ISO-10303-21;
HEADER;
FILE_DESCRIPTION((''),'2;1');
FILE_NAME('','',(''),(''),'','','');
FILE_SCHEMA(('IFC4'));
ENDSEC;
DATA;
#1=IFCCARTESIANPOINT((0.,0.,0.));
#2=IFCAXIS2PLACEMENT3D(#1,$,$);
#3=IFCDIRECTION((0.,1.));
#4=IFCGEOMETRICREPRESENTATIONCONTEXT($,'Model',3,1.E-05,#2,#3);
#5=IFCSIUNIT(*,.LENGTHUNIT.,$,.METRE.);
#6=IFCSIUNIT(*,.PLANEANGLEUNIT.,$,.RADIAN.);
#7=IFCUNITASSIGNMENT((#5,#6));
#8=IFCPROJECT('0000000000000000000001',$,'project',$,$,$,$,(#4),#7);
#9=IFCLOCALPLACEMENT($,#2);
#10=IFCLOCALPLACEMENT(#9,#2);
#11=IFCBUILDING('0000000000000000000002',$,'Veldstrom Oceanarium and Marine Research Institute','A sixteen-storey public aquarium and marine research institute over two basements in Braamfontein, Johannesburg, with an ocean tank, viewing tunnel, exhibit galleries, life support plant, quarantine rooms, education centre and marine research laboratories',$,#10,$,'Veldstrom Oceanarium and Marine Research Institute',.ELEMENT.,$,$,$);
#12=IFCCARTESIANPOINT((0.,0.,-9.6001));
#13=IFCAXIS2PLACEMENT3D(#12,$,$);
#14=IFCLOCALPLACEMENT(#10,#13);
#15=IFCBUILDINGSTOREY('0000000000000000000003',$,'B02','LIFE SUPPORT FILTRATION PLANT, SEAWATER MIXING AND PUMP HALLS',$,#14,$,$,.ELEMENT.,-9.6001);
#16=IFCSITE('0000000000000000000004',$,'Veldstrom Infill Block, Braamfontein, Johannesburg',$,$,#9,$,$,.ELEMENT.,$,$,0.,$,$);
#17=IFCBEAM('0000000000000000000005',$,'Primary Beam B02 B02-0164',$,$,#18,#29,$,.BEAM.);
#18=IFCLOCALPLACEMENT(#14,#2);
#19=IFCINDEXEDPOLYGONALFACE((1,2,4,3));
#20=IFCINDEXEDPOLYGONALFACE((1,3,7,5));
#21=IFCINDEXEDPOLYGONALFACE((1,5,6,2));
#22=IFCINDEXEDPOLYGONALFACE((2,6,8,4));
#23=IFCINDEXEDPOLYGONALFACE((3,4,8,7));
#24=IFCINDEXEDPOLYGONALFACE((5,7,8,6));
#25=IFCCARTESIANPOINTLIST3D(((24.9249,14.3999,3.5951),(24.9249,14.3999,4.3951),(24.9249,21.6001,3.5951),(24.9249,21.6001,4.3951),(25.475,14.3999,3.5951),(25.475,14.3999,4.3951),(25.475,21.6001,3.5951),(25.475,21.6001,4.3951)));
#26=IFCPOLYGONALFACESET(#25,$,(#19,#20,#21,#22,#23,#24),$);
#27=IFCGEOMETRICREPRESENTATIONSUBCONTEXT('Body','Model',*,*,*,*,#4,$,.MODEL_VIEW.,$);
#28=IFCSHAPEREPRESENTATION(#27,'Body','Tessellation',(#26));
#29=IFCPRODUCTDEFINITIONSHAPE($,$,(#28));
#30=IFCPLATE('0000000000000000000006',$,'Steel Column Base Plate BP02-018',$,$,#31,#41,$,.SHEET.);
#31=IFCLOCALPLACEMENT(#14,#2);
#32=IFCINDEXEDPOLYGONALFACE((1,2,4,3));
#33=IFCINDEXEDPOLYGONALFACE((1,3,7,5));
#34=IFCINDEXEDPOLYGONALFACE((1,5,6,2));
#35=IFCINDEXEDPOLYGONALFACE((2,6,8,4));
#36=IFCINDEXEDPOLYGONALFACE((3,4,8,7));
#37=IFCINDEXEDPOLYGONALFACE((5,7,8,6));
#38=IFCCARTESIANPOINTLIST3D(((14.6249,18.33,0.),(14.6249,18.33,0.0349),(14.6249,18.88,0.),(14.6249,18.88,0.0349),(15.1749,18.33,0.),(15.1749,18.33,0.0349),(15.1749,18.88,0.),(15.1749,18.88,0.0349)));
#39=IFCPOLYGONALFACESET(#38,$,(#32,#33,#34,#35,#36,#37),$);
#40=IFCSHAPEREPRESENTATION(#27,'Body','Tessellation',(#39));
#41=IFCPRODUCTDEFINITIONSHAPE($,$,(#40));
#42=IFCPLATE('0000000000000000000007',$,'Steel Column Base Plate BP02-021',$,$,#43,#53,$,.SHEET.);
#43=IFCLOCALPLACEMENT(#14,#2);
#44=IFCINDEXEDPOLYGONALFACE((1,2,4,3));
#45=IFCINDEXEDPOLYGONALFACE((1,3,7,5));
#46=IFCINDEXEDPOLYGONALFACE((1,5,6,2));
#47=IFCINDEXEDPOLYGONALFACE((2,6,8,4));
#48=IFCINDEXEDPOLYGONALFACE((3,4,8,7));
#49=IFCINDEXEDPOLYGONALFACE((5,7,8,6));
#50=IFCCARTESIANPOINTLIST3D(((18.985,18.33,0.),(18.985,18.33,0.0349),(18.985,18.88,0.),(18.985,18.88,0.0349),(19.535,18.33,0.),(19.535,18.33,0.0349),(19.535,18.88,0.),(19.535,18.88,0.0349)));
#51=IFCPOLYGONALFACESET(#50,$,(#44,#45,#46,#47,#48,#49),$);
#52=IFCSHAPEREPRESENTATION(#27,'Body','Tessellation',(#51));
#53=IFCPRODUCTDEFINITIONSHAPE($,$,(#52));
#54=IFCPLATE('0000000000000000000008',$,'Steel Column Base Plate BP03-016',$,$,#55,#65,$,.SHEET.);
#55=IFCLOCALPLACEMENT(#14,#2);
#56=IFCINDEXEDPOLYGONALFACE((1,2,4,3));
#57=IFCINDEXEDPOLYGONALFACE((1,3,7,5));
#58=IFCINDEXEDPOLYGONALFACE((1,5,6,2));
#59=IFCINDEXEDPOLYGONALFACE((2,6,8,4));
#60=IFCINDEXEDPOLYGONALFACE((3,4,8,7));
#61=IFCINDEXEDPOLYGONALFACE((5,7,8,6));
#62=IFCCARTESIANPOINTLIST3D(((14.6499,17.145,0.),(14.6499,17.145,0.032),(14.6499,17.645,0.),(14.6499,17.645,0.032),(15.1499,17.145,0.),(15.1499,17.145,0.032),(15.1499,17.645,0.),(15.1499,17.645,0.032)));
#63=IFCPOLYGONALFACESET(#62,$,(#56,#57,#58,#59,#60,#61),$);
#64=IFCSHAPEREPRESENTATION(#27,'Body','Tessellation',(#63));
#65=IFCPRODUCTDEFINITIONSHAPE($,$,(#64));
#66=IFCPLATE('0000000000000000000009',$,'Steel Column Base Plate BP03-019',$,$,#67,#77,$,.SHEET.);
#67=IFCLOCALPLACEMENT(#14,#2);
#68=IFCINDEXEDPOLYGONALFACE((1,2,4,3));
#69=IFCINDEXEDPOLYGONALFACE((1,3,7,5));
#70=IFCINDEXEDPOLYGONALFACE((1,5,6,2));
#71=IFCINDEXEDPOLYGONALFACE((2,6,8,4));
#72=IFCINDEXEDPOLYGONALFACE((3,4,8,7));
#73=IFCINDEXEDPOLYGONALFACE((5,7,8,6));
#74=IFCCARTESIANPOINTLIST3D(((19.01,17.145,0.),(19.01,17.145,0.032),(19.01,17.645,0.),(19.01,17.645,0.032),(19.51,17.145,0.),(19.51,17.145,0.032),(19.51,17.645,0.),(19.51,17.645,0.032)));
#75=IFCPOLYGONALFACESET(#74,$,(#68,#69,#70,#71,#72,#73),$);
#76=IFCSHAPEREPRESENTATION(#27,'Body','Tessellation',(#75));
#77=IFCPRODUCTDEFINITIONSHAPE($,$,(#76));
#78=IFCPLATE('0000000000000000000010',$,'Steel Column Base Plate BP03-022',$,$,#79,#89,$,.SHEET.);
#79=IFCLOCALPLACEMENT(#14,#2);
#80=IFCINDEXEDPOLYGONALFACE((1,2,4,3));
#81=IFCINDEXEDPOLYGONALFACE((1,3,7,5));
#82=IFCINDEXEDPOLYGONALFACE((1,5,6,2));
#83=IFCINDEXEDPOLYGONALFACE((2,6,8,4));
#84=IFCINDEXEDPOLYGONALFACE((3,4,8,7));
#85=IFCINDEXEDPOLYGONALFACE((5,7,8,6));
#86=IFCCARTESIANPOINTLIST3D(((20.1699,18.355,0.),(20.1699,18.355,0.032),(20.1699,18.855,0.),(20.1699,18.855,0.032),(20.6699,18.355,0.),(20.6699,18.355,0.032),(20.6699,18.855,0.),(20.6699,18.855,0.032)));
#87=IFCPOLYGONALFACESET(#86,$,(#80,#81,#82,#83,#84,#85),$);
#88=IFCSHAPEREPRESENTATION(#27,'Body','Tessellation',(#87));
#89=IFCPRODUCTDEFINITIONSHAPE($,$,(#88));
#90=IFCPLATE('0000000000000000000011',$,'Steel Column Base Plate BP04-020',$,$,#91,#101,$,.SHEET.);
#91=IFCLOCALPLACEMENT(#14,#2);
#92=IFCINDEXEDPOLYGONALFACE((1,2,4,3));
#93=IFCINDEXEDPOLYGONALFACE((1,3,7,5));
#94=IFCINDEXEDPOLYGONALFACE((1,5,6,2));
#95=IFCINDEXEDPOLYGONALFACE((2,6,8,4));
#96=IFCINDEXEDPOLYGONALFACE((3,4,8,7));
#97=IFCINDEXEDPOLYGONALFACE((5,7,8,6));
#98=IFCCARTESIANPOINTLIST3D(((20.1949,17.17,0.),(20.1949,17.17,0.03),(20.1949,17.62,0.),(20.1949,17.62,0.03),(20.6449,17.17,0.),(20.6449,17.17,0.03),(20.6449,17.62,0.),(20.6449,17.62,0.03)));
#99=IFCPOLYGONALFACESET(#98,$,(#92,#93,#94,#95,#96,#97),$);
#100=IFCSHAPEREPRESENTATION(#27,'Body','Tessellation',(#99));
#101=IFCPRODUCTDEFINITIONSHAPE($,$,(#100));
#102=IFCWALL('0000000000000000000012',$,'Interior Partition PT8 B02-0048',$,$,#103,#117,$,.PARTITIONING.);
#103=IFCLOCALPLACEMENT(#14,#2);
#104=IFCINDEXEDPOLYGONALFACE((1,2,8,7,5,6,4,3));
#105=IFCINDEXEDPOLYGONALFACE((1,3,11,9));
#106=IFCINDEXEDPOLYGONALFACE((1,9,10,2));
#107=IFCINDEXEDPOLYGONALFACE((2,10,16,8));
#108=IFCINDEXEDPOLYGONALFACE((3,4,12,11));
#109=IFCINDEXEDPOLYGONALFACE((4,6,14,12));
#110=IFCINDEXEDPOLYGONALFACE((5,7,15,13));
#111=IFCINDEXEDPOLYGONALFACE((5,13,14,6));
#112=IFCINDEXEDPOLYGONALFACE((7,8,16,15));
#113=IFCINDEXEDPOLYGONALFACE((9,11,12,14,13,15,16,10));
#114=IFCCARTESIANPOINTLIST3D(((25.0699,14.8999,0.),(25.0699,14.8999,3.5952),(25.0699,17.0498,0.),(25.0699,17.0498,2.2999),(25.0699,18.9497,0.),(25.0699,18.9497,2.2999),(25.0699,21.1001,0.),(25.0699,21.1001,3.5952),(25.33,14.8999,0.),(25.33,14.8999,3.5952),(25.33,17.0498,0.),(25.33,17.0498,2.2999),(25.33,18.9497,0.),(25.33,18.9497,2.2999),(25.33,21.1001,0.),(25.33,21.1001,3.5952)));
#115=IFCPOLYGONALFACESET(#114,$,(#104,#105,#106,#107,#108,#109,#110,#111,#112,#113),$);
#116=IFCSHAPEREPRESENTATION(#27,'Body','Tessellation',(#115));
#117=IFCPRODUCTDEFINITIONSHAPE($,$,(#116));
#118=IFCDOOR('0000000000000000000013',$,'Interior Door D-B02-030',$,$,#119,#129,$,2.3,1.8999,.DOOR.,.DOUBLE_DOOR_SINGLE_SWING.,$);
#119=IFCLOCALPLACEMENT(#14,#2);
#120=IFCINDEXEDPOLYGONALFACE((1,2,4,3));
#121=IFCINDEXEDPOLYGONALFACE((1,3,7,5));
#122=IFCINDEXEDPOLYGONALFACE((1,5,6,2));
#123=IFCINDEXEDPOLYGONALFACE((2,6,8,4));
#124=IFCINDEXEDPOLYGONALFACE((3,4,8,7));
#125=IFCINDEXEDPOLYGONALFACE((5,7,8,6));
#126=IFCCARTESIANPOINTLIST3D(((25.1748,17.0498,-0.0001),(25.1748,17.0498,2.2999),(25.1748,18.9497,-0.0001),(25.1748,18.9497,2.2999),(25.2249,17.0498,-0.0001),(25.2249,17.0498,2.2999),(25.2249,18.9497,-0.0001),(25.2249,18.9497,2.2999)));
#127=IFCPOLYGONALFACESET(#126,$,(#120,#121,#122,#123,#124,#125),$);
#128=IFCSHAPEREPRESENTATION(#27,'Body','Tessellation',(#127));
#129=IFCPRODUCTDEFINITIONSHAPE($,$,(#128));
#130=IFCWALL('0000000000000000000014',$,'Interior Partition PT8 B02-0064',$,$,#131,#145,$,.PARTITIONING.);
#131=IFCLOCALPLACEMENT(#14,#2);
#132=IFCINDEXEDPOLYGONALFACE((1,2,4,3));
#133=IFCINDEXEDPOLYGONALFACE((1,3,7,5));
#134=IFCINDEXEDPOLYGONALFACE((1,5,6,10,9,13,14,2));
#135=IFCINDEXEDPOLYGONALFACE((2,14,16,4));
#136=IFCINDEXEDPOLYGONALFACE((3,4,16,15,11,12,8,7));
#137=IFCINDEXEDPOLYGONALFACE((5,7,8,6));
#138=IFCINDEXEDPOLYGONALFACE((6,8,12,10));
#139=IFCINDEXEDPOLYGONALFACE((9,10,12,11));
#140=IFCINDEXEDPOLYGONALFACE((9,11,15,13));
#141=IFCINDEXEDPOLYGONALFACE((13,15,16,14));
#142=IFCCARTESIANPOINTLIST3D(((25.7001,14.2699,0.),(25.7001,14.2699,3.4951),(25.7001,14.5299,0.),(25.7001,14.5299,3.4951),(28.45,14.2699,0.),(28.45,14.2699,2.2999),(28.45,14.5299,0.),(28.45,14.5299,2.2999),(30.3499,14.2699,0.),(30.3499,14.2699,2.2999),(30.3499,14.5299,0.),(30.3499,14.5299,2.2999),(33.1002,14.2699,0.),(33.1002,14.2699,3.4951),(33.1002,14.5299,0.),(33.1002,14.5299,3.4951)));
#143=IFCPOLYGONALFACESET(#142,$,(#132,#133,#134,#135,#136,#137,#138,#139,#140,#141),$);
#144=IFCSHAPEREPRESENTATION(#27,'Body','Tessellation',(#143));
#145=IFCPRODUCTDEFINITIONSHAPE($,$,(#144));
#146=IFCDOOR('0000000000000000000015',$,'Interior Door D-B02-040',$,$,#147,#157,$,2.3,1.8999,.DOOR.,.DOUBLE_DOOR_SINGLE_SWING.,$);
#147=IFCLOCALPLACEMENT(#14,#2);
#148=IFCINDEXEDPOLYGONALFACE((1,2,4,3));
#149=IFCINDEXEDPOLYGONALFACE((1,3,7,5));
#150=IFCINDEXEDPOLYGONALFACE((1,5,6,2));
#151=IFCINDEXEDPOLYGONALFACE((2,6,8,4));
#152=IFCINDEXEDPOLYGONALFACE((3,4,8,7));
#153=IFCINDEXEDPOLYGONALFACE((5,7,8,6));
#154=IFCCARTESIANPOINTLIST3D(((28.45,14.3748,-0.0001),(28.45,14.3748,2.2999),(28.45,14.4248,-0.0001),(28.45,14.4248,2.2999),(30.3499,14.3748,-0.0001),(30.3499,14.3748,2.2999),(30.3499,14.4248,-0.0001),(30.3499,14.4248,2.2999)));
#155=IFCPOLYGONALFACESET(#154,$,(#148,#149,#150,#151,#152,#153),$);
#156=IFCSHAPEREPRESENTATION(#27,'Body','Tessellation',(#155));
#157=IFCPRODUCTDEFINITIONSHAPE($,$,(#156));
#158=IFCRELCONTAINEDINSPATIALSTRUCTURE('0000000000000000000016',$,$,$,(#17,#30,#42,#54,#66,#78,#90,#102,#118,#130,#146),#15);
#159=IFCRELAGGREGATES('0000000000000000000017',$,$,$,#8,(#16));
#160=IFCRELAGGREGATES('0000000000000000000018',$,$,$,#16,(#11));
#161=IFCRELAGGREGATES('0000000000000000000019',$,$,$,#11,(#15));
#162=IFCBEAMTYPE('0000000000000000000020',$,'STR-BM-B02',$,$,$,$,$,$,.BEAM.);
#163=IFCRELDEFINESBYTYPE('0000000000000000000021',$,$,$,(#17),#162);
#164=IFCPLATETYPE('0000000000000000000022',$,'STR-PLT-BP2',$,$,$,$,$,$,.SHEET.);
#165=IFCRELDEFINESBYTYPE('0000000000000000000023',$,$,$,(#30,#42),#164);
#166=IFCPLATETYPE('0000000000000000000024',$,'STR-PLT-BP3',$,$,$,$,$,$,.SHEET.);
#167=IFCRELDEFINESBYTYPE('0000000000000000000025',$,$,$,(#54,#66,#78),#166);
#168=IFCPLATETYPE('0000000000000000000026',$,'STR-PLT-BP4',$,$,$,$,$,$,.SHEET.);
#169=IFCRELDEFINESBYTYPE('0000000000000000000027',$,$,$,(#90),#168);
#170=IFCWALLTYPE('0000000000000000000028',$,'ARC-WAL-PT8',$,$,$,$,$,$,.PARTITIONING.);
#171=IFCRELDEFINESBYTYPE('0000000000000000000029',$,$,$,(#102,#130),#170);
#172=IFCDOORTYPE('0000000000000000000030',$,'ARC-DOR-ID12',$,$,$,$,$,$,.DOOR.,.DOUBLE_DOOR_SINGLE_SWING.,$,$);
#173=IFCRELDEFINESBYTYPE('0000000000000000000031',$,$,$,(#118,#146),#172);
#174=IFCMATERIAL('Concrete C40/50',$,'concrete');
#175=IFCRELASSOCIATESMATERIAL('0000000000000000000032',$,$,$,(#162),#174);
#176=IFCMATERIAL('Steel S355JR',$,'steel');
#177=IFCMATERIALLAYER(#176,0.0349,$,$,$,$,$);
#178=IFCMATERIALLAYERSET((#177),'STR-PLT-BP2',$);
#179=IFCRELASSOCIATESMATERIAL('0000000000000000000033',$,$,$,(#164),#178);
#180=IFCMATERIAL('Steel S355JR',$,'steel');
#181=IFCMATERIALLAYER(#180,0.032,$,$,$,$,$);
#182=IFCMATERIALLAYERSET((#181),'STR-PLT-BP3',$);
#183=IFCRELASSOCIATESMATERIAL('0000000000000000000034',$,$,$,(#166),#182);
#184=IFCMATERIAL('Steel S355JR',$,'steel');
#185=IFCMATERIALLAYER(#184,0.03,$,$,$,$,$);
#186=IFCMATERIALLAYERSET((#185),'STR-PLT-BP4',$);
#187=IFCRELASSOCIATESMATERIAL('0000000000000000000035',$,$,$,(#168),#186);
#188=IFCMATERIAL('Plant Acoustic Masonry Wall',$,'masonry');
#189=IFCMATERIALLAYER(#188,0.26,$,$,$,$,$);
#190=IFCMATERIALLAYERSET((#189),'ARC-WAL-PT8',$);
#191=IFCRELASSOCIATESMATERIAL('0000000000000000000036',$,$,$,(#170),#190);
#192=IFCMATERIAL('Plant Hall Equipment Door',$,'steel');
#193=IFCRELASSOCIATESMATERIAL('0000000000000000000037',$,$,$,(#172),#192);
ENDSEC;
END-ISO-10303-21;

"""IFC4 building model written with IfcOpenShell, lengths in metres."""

from ifc_helpers import new_model, si_unit, direction, frame, frame_2d, origin, origin_2d, place, context, subcontext, project, spatial, rectangle, extrude, material, layer, layer_set, material_profile, profile_set, type_object, element, fill, save


model = new_model("IFC4")

# Units and contexts
model_context = context("Model", 3, precision=1e-05, world=origin(), true_north=direction((0.0, 1.0)))
body_context = subcontext(model_context, "Body", "Model", "MODEL_VIEW")
ifc_project = project(units=[si_unit("LENGTHUNIT", "METRE"), si_unit("PLANEANGLEUNIT", "RADIAN")], contexts=[model_context])

# Site, building, storey
site_placement = place(None, origin())
site = spatial("IfcSite", under=ifc_project, at=site_placement, Name="Veldstrom Infill Block, Braamfontein, Johannesburg", CompositionType="ELEMENT", RefElevation=0.0)
building_placement = place(site_placement, origin())
building = spatial("IfcBuilding", under=site, at=building_placement, Name="Veldstrom Oceanarium and Marine Research Institute", Description="A sixteen-storey public aquarium and marine research institute over two basements in Braamfontein, Johannesburg, with an ocean tank, viewing tunnel, exhibit galleries, life support plant, quarantine rooms, education centre and marine research laboratories", LongName="Veldstrom Oceanarium and Marine Research Institute", CompositionType="ELEMENT")
storey_placement = place(building_placement, frame((0.0, 0.0, -9.6001)))
storey = spatial("IfcBuildingStorey", under=building, at=storey_placement, Name="B02", Description="LIFE SUPPORT FILTRATION PLANT, SEAWATER MIXING AND PUMP HALLS", CompositionType="ELEMENT", Elevation=-9.6001)

# Beam
ifc_material_1 = material(Name="Concrete C40/50", Category="concrete")
ifc_material_profile_1 = material_profile(ifc_material_1, rectangle(XDim=0.55, YDim=0.8, at=origin_2d()), Name="RC-BM-550x800")
ifc_profile_set_1 = profile_set([ifc_material_profile_1], Name="Concrete C40/50")
beam_type_1 = type_object("IfcBeamType", Name="STR-BM-B02", PredefinedType="BEAM", material=ifc_profile_set_1)
beam_1_placement = place(storey_placement, frame((25.2, 14.3999, 3.9951), z_axis=(0.0, 1.0, 0.0), x_axis=(-1.0, 0.0, 0.0)))
element("IfcBeam", 1, at=beam_1_placement, inside=storey, type_object=beam_type_1, Name="Primary Beam B02 B02-0164", PredefinedType="BEAM", context=body_context, shape_type="SweptSolid", body=[
    extrude(rectangle(XDim=0.55, YDim=0.8, at=origin_2d()), origin(), (0.0, 0.0, 1.0), 7.2002),
])

# Plates
ifc_material_2 = material(Name="Steel S355JR", Category="steel")
ifc_layer_1 = layer(ifc_material_2, 0.0349)
ifc_layer_set_1 = layer_set([ifc_layer_1], Name="STR-PLT-BP2")
plate_type_1 = type_object("IfcPlateType", Name="STR-PLT-BP2", PredefinedType="SHEET", material=ifc_layer_set_1)
for number, where, z_axis, x_axis, name in (
    (2, (14.8999, 18.605, 0.0), (0.0, 0.0, 1.0), (1.0, 0.0, 0.0), "Steel Column Base Plate BP02-018"),
    (3, (19.26, 18.605, 0.0), (0.0, 0.0, 1.0), (1.0, 0.0, 0.0), "Steel Column Base Plate BP02-021"),
):
    element("IfcPlate", number, at=place(storey_placement, frame(where, z_axis=z_axis, x_axis=x_axis)), inside=storey, type_object=plate_type_1, Name=name, PredefinedType="SHEET", context=body_context, shape_type="SweptSolid", body=[
        extrude(rectangle(XDim=0.55, YDim=0.55, at=origin_2d()), origin(), (0.0, 0.0, 1.0), 0.0349),
    ])
ifc_material_3 = material(Name="Steel S355JR", Category="steel")
ifc_layer_2 = layer(ifc_material_3, 0.032)
ifc_layer_set_2 = layer_set([ifc_layer_2], Name="STR-PLT-BP3")
plate_type_2 = type_object("IfcPlateType", Name="STR-PLT-BP3", PredefinedType="SHEET", material=ifc_layer_set_2)
for number, where, z_axis, x_axis, name in (
    (4, (14.8999, 17.395, 0.0), (0.0, 0.0, 1.0), (1.0, 0.0, 0.0), "Steel Column Base Plate BP03-016"),
    (5, (19.26, 17.395, 0.0), (0.0, 0.0, 1.0), (1.0, 0.0, 0.0), "Steel Column Base Plate BP03-019"),
    (6, (20.4199, 18.605, 0.0), (0.0, 0.0, 1.0), (1.0, 0.0, 0.0), "Steel Column Base Plate BP03-022"),
):
    element("IfcPlate", number, at=place(storey_placement, frame(where, z_axis=z_axis, x_axis=x_axis)), inside=storey, type_object=plate_type_2, Name=name, PredefinedType="SHEET", context=body_context, shape_type="SweptSolid", body=[
        extrude(rectangle(XDim=0.5, YDim=0.5, at=origin_2d()), origin(), (0.0, 0.0, 1.0), 0.032),
    ])
ifc_material_4 = material(Name="Steel S355JR", Category="steel")
ifc_layer_3 = layer(ifc_material_4, 0.03)
ifc_layer_set_3 = layer_set([ifc_layer_3], Name="STR-PLT-BP4")
plate_type_3 = type_object("IfcPlateType", Name="STR-PLT-BP4", PredefinedType="SHEET", material=ifc_layer_set_3)
plate_placement = place(storey_placement, frame((20.4199, 17.395, 0.0), z_axis=(0.0, 0.0, 1.0), x_axis=(1.0, 0.0, 0.0)))
element("IfcPlate", 7, at=plate_placement, inside=storey, type_object=plate_type_3, Name="Steel Column Base Plate BP04-020", PredefinedType="SHEET", context=body_context, shape_type="SweptSolid", body=[
    extrude(rectangle(XDim=0.45, YDim=0.45, at=origin_2d()), origin(), (0.0, 0.0, 1.0), 0.03),
])

# Walls, openings, doors
ifc_material_5 = material(Name="Plant Acoustic Masonry Wall", Category="masonry")
ifc_layer_4 = layer(ifc_material_5, 0.26)
ifc_layer_set_4 = layer_set([ifc_layer_4], Name="ARC-WAL-PT8")
wall_type = type_object("IfcWallType", Name="ARC-WAL-PT8", PredefinedType="PARTITIONING", material=ifc_layer_set_4)
wall_1_placement = place(storey_placement, frame((25.2, 14.8999, 0.0), z_axis=(0.0, 0.0, 1.0), x_axis=(0.0, 1.0, 0.0)))
wall_1 = element("IfcWall", 8, at=wall_1_placement, inside=storey, type_object=wall_type, Name="Interior Partition PT8 B02-0048", PredefinedType="PARTITIONING", context=body_context, shape_type="SweptSolid", body=[
    extrude(rectangle(XDim=6.2002, YDim=0.26, at=frame_2d((3.1001, 0.0))), origin(), (0.0, 0.0, 1.0), 3.5952),
])
opening_1_placement = place(wall_1_placement, frame((2.1499, 0.0, 0.0)))
opening_1 = element("IfcOpeningElement", 9, at=opening_1_placement, cuts=wall_1, PredefinedType="OPENING", context=body_context, shape_type="SweptSolid", body=[
    extrude(rectangle(XDim=1.8999, YDim=2.3, at=frame_2d((0.95, 1.1499))), frame((0.0, 0.1399, 0.0), z_axis=(0.0, -1.0, 0.0), x_axis=(1.0, 0.0, 0.0)), (0.0, 0.0, 1.0), 0.28),
])
ifc_material_6 = material(Name="Plant Hall Equipment Door", Category="steel")
door_type = type_object("IfcDoorType", Name="ARC-DOR-ID12", OperationType="DOUBLE_DOOR_SINGLE_SWING", PredefinedType="DOOR", material=ifc_material_6)
door_1_placement = place(opening_1_placement, frame((1.8999, 0.0, 0.0), z_axis=(0.0, 0.0, 1.0), x_axis=(-1.0, 0.0, 0.0)))
door_1 = element("IfcDoor", 10, at=door_1_placement, inside=storey, type_object=door_type, Name="Interior Door D-B02-030", OperationType="DOUBLE_DOOR_SINGLE_SWING", OverallHeight=2.3, OverallWidth=1.8999, PredefinedType="DOOR", context=body_context, shape_type="SweptSolid", body=[
    extrude(rectangle(XDim=1.8999, YDim=2.3, at=frame_2d((0.95, 1.1499))), frame((0.0, 0.0249, 0.0), z_axis=(0.0, -1.0, 0.0), x_axis=(1.0, 0.0, 0.0)), (0.0, 0.0, 1.0), 0.05),
])
fill(opening_1, door_1)
wall_2_placement = place(storey_placement, frame((25.7, 14.3999, 0.0), z_axis=(0.0, 0.0, 1.0), x_axis=(1.0, 0.0, 0.0)))
wall_2 = element("IfcWall", 11, at=wall_2_placement, inside=storey, type_object=wall_type, Name="Interior Partition PT8 B02-0064", PredefinedType="PARTITIONING", context=body_context, shape_type="SweptSolid", body=[
    extrude(rectangle(XDim=7.4001, YDim=0.26, at=frame_2d((3.7002, 0.0))), origin(), (0.0, 0.0, 1.0), 3.4951),
])
opening_2_placement = place(wall_2_placement, frame((2.75, 0.0, 0.0)))
opening_2 = element("IfcOpeningElement", 12, at=opening_2_placement, cuts=wall_2, PredefinedType="OPENING", context=body_context, shape_type="SweptSolid", body=[
    extrude(rectangle(XDim=1.8999, YDim=2.3, at=frame_2d((0.95, 1.1499))), frame((0.0, 0.1399, 0.0), z_axis=(0.0, -1.0, 0.0), x_axis=(1.0, 0.0, 0.0)), (0.0, 0.0, 1.0), 0.28),
])
door_2_placement = place(opening_2_placement, origin())
door_2 = element("IfcDoor", 13, at=door_2_placement, inside=storey, type_object=door_type, Name="Interior Door D-B02-040", OperationType="DOUBLE_DOOR_SINGLE_SWING", OverallHeight=2.3, OverallWidth=1.8999, PredefinedType="DOOR", context=body_context, shape_type="SweptSolid", body=[
    extrude(rectangle(XDim=1.8999, YDim=2.3, at=frame_2d((0.95, 1.1499))), frame((0.0, 0.0249, 0.0), z_axis=(0.0, -1.0, 0.0), x_axis=(1.0, 0.0, 0.0)), (0.0, 0.0, 1.0), 0.05),
])
fill(opening_2, door_2)

save(model, "model.ifc")
